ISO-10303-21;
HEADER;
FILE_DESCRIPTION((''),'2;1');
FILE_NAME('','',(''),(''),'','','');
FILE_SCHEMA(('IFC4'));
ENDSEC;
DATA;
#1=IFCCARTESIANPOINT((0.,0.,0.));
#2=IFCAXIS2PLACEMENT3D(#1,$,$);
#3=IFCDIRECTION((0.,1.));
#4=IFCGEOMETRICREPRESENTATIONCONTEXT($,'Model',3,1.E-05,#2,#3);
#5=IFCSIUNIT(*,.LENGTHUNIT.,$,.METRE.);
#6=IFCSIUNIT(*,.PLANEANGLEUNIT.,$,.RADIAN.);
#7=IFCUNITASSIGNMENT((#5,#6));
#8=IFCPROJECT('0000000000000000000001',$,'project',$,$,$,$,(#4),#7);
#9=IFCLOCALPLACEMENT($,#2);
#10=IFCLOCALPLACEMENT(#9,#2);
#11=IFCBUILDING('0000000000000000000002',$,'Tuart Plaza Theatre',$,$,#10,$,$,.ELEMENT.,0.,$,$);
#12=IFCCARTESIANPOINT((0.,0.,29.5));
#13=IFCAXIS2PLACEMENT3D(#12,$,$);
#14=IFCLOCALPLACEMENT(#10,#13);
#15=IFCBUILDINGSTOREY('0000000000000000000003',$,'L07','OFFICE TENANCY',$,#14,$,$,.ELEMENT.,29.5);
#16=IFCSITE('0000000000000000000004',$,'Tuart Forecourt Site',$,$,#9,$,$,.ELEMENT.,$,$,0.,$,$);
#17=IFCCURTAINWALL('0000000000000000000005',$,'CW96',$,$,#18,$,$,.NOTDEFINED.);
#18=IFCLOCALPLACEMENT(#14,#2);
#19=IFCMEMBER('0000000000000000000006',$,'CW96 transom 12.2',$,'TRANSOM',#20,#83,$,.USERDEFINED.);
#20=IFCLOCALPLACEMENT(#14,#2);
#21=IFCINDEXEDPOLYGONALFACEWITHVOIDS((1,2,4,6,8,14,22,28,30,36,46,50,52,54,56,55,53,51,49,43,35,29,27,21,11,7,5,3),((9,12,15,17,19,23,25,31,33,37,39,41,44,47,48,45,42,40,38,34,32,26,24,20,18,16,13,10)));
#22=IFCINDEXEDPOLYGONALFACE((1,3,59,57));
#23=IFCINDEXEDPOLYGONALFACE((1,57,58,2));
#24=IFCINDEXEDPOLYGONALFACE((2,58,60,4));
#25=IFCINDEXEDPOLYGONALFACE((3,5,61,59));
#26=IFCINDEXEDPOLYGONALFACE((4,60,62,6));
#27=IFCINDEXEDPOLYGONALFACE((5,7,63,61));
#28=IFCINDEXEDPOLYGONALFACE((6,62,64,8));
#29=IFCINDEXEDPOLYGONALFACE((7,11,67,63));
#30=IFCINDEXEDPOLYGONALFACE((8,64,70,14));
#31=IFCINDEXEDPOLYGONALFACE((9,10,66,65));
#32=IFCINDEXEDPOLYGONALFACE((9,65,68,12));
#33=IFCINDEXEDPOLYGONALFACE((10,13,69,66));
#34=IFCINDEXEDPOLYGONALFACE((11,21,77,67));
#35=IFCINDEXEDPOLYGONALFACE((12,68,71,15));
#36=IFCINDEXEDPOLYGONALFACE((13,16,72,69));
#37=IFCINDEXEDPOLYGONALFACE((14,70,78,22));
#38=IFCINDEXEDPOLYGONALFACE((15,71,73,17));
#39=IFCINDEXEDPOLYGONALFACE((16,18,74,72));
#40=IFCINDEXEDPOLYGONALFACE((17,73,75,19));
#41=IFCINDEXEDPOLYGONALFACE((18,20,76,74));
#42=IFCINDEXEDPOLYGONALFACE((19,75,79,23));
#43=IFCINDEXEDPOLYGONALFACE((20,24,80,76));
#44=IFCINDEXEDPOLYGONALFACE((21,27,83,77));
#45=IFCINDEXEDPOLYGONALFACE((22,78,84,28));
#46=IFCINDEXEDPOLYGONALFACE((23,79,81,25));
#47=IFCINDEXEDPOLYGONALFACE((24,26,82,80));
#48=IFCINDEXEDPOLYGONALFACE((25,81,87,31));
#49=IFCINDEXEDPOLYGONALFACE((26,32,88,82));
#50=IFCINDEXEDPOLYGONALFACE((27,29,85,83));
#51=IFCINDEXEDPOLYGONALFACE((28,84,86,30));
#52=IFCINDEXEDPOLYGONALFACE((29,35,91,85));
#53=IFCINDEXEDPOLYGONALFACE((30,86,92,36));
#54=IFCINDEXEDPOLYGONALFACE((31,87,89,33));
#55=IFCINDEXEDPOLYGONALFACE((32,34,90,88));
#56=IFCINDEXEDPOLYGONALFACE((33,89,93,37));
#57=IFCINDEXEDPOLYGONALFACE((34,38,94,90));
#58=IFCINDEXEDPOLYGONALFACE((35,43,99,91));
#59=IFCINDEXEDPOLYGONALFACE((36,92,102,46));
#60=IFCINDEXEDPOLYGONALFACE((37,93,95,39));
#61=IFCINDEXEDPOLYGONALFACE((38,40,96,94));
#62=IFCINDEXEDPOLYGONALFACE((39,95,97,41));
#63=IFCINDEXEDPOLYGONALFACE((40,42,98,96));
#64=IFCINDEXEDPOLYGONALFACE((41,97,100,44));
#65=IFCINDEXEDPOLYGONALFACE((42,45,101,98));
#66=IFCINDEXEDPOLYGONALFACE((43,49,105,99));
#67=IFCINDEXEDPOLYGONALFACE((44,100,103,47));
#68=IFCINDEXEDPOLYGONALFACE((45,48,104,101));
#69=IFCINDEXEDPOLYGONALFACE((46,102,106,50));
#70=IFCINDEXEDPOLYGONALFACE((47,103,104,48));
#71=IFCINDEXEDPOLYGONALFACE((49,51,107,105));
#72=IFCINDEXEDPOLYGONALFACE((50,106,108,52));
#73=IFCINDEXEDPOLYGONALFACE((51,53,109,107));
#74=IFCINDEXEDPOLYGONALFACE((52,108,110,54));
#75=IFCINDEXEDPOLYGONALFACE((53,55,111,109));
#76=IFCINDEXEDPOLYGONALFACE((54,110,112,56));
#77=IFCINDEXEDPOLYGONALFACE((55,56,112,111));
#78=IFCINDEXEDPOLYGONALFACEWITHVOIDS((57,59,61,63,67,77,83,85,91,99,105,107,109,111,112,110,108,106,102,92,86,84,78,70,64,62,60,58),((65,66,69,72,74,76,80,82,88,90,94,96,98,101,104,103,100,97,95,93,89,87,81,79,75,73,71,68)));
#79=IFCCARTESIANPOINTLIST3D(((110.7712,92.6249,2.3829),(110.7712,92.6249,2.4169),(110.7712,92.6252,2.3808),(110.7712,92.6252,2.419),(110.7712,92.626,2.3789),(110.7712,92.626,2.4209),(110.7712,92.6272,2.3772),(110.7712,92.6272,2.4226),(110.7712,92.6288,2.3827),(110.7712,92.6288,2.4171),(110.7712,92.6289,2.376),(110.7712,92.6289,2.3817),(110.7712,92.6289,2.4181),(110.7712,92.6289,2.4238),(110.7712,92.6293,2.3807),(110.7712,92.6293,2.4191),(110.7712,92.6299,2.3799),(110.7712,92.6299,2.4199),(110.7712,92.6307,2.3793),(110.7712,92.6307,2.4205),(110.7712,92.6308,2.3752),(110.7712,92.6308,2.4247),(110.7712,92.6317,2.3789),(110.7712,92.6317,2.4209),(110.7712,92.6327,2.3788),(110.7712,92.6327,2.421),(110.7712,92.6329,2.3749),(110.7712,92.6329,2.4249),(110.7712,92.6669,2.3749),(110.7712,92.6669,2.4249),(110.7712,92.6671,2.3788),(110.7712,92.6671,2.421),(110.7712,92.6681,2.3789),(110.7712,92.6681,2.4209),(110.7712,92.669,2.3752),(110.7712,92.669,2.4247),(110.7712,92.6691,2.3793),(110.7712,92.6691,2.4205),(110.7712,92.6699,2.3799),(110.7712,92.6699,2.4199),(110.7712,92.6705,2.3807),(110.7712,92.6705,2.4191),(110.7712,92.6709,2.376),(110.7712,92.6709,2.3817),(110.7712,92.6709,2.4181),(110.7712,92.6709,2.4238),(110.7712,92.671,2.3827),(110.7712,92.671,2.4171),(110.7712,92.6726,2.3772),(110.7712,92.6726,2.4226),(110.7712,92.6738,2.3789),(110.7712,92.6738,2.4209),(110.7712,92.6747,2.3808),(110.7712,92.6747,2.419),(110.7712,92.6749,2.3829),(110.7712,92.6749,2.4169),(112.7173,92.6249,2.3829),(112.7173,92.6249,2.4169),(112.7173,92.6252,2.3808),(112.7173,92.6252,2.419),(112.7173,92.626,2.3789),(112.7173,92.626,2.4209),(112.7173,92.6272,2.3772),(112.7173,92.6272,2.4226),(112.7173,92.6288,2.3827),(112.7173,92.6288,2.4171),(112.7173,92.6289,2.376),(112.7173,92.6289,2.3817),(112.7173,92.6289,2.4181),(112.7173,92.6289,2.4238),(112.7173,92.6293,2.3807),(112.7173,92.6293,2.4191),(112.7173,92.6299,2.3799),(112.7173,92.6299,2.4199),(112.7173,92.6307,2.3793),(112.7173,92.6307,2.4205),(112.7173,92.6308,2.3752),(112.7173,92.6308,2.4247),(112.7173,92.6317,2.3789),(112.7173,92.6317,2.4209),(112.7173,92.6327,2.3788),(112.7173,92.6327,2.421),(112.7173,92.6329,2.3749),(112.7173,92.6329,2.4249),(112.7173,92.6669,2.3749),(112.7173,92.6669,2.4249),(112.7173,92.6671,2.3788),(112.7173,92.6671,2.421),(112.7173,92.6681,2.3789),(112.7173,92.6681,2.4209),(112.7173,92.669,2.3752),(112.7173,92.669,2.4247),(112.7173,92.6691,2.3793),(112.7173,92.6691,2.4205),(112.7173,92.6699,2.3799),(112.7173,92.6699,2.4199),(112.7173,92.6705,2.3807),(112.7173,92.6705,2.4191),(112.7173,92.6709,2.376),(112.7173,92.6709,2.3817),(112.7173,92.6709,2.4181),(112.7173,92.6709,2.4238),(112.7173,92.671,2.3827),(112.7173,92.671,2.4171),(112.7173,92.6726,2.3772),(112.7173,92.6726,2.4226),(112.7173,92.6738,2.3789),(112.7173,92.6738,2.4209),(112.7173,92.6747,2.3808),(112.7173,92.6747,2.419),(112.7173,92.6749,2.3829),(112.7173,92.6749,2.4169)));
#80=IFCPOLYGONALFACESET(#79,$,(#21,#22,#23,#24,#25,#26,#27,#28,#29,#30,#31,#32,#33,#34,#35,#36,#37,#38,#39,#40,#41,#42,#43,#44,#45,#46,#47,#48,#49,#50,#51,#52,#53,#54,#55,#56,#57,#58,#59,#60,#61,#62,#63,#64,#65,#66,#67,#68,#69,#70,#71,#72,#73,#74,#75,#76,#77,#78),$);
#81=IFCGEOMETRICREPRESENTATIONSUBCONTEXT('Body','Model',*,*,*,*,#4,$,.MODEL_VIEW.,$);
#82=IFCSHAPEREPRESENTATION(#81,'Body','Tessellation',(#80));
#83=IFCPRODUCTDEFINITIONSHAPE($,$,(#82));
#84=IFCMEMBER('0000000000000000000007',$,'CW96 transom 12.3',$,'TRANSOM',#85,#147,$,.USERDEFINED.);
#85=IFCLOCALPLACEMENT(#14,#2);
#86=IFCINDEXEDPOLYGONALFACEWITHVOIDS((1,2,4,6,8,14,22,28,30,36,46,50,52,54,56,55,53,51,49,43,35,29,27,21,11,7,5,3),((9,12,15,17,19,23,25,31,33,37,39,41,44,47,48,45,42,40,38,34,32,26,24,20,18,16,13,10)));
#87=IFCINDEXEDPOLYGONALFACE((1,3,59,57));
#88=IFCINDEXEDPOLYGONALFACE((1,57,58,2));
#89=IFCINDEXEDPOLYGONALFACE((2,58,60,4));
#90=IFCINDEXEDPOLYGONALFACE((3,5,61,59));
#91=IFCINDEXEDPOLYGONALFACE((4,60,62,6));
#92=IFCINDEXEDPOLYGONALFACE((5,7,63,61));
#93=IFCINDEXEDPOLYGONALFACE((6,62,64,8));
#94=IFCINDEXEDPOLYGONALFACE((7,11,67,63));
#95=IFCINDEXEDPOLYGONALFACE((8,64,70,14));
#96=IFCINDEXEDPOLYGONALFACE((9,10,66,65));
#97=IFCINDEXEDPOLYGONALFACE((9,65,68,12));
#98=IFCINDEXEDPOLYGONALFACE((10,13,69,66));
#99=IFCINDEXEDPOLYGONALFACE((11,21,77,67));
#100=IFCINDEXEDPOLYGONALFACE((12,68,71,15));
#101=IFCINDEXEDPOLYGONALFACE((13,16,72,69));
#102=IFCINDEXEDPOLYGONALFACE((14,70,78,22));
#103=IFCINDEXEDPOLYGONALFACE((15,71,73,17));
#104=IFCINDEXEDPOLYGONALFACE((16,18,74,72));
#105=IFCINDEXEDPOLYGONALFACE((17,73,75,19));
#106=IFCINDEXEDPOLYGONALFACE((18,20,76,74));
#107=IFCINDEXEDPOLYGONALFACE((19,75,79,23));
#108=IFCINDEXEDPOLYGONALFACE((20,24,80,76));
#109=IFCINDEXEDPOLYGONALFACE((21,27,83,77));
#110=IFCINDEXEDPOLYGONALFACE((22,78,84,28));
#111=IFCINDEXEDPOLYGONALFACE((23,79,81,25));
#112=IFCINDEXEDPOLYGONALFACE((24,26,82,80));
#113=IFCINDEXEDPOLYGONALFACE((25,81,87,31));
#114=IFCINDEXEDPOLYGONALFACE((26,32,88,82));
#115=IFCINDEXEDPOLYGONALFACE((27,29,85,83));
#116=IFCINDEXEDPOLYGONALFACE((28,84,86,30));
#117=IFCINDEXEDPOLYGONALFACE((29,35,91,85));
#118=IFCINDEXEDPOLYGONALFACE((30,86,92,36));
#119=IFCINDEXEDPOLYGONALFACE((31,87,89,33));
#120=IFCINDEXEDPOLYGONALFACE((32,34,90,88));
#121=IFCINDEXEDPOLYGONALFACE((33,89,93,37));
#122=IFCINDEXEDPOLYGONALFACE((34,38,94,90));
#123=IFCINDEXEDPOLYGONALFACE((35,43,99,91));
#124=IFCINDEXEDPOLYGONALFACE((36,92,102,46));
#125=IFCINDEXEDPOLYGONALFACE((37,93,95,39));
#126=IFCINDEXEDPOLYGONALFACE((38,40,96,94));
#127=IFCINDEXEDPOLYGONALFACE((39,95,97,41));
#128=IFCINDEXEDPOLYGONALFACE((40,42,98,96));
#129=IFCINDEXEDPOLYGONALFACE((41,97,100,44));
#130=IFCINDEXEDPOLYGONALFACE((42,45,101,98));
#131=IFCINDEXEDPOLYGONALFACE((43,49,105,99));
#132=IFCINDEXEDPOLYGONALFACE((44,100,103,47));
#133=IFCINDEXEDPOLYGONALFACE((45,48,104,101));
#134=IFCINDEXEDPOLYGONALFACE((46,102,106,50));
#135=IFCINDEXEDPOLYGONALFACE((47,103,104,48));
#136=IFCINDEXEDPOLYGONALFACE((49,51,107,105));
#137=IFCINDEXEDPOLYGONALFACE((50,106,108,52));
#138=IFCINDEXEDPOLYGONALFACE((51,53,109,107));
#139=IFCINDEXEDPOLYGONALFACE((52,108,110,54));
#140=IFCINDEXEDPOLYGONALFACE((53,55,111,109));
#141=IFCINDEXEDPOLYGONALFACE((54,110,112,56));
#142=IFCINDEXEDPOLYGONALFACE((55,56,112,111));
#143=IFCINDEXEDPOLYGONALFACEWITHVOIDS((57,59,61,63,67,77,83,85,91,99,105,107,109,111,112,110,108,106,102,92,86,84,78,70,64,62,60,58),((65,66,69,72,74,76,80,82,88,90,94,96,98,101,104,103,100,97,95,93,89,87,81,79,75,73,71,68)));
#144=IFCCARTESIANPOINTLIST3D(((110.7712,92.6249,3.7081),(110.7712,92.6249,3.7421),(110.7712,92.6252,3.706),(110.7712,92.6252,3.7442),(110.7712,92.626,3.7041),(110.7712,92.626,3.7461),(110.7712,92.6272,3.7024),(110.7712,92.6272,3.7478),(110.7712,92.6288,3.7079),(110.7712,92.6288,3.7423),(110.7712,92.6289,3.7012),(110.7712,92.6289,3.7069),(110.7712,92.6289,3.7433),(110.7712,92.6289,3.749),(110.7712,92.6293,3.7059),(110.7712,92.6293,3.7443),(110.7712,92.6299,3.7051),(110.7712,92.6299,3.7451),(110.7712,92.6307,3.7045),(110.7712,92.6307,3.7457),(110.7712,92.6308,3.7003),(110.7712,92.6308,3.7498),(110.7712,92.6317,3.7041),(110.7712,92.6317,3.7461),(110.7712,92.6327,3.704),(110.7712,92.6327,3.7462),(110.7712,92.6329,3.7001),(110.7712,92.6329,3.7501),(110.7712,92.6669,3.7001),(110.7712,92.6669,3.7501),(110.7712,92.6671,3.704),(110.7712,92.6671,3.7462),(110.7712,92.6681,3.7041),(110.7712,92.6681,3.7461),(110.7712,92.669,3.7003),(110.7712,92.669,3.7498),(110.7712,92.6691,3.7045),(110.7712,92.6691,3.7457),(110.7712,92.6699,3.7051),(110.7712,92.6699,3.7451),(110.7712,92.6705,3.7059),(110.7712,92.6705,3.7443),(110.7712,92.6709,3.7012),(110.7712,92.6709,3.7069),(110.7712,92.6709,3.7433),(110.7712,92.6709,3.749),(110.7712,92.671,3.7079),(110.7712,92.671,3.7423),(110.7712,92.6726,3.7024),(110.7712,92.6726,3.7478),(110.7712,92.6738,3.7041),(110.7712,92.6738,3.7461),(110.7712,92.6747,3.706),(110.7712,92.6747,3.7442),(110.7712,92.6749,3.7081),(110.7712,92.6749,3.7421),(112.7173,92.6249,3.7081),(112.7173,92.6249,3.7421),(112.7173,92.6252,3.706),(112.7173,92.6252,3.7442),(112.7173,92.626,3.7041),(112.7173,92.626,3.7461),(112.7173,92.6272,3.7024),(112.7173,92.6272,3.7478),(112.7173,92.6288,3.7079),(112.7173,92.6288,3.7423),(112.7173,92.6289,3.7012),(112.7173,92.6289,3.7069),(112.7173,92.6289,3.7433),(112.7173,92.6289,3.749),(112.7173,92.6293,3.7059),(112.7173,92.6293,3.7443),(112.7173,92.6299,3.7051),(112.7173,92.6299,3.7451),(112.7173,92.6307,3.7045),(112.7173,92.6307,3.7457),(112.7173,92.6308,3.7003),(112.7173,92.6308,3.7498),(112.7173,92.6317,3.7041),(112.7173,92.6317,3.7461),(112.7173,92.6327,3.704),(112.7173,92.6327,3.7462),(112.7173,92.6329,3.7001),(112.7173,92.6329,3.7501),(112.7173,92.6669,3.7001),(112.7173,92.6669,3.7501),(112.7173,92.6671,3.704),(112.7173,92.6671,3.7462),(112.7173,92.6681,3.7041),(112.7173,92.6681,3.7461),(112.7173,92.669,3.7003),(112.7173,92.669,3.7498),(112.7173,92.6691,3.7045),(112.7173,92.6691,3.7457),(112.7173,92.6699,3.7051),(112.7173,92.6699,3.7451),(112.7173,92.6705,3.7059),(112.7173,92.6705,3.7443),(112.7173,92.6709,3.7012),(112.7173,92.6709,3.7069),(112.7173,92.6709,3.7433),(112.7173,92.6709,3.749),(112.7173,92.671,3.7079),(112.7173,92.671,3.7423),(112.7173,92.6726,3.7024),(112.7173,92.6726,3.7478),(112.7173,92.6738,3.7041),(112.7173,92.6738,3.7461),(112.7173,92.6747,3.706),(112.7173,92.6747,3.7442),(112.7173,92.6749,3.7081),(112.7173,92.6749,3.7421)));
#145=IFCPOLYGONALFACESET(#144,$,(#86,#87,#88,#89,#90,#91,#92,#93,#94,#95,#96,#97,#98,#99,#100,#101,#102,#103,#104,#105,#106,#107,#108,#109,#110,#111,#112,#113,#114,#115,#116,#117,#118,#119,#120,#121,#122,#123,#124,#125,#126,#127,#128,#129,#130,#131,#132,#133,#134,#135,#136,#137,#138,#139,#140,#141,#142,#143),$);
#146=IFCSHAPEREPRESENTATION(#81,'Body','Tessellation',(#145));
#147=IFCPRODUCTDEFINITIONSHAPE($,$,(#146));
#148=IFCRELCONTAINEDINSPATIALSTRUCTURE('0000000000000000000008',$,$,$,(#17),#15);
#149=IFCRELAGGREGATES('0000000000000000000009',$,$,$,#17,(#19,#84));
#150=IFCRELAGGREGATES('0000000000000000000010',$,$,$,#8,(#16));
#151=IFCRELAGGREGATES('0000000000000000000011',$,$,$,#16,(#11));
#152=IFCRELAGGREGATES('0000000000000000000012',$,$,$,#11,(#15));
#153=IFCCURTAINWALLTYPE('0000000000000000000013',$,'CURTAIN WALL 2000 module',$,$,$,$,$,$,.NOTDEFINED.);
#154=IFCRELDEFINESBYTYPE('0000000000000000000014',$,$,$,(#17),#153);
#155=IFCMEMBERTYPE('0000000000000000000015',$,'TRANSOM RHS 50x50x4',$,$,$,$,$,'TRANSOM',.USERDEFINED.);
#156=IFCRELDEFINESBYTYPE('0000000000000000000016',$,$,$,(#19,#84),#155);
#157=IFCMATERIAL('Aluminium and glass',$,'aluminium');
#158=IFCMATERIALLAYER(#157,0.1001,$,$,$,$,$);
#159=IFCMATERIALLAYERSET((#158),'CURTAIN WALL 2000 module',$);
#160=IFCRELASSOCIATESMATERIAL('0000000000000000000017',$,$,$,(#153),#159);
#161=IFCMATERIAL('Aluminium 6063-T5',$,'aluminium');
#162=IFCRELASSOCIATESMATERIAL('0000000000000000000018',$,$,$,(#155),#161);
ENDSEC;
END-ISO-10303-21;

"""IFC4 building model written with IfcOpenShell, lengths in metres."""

from ifc_helpers import new_model, si_unit, direction, frame, origin, origin_2d, place, context, subcontext, project, spatial, hollow_rectangle, extrude, material, layer, layer_set, material_profile, profile_set, type_object, element, aggregate, save


model = new_model("IFC4")

# Units and contexts
model_context = context("Model", 3, precision=1e-05, world=origin(), true_north=direction((0.0, 1.0)))
body_context = subcontext(model_context, "Body", "Model", "MODEL_VIEW")
ifc_project = project(units=[si_unit("LENGTHUNIT", "METRE"), si_unit("PLANEANGLEUNIT", "RADIAN")], contexts=[model_context])

# Site, building, storey
site_placement = place(None, origin())
site = spatial("IfcSite", under=ifc_project, at=site_placement, Name="Tuart Forecourt Site", CompositionType="ELEMENT", RefElevation=0.0)
building_placement = place(site_placement, origin())
building = spatial("IfcBuilding", under=site, at=building_placement, Name="Tuart Plaza Theatre", CompositionType="ELEMENT", ElevationOfRefHeight=0.0)
storey_placement = place(building_placement, frame((0.0, 0.0, 29.5)))
storey = spatial("IfcBuildingStorey", under=building, at=storey_placement, Name="L07", Description="OFFICE TENANCY", CompositionType="ELEMENT", Elevation=29.5)

# Curtain wall, members
ifc_material_1 = material(Name="Aluminium and glass", Category="aluminium")
ifc_layer_1 = layer(ifc_material_1, 0.1001)
ifc_layer_set_1 = layer_set([ifc_layer_1], Name="CURTAIN WALL 2000 module")
curtain_wall_type = type_object("IfcCurtainWallType", Name="CURTAIN WALL 2000 module", PredefinedType="NOTDEFINED", material=ifc_layer_set_1)
curtain_wall_placement = place(storey_placement, origin())
curtain_wall = element("IfcCurtainWall", 1, at=curtain_wall_placement, inside=storey, type_object=curtain_wall_type, Name="CW96", PredefinedType="NOTDEFINED")
ifc_material_2 = material(Name="Aluminium 6063-T5", Category="aluminium")
ifc_material_profile_1 = material_profile(ifc_material_2, hollow_rectangle(XDim=0.05, YDim=0.05, WallThickness=0.0039, InnerFilletRadius=0.0039, OuterFilletRadius=0.0081, at=origin_2d()), Name="RHS 50x50x4")
ifc_profile_set_1 = profile_set([ifc_material_profile_1], Name="Aluminium 6063-T5")
member_type_1 = type_object("IfcMemberType", Name="TRANSOM RHS 50x50x4", ElementType="TRANSOM", PredefinedType="USERDEFINED", material=ifc_profile_set_1)
member_1_placement = place(storey_placement, frame((112.7173, 92.6499, 2.3999), z_axis=(-1.0, 0.0, 0.0), x_axis=(0.0, -1.0, 0.0)))
member_1 = element("IfcMember", 2, at=member_1_placement, type_object=member_type_1, Name="CW96 transom 12.2", ObjectType="TRANSOM", PredefinedType="USERDEFINED", context=body_context, shape_type="SweptSolid", body=[
    extrude(hollow_rectangle(XDim=0.05, YDim=0.05, WallThickness=0.0039, InnerFilletRadius=0.0039, OuterFilletRadius=0.0081, at=origin_2d()), origin(), (0.0, 0.0, 1.0), 1.946),
])
member_2_placement = place(storey_placement, frame((112.7173, 92.6499, 3.7251), z_axis=(-1.0, 0.0, 0.0), x_axis=(0.0, -1.0, 0.0)))
member_2 = element("IfcMember", 3, at=member_2_placement, type_object=member_type_1, Name="CW96 transom 12.3", ObjectType="TRANSOM", PredefinedType="USERDEFINED", context=body_context, shape_type="SweptSolid", body=[
    extrude(hollow_rectangle(XDim=0.05, YDim=0.05, WallThickness=0.0039, InnerFilletRadius=0.0039, OuterFilletRadius=0.0081, at=origin_2d()), origin(), (0.0, 0.0, 1.0), 1.946),
])
aggregate(curtain_wall, [member_1, member_2])

save(model, "model.ifc")
